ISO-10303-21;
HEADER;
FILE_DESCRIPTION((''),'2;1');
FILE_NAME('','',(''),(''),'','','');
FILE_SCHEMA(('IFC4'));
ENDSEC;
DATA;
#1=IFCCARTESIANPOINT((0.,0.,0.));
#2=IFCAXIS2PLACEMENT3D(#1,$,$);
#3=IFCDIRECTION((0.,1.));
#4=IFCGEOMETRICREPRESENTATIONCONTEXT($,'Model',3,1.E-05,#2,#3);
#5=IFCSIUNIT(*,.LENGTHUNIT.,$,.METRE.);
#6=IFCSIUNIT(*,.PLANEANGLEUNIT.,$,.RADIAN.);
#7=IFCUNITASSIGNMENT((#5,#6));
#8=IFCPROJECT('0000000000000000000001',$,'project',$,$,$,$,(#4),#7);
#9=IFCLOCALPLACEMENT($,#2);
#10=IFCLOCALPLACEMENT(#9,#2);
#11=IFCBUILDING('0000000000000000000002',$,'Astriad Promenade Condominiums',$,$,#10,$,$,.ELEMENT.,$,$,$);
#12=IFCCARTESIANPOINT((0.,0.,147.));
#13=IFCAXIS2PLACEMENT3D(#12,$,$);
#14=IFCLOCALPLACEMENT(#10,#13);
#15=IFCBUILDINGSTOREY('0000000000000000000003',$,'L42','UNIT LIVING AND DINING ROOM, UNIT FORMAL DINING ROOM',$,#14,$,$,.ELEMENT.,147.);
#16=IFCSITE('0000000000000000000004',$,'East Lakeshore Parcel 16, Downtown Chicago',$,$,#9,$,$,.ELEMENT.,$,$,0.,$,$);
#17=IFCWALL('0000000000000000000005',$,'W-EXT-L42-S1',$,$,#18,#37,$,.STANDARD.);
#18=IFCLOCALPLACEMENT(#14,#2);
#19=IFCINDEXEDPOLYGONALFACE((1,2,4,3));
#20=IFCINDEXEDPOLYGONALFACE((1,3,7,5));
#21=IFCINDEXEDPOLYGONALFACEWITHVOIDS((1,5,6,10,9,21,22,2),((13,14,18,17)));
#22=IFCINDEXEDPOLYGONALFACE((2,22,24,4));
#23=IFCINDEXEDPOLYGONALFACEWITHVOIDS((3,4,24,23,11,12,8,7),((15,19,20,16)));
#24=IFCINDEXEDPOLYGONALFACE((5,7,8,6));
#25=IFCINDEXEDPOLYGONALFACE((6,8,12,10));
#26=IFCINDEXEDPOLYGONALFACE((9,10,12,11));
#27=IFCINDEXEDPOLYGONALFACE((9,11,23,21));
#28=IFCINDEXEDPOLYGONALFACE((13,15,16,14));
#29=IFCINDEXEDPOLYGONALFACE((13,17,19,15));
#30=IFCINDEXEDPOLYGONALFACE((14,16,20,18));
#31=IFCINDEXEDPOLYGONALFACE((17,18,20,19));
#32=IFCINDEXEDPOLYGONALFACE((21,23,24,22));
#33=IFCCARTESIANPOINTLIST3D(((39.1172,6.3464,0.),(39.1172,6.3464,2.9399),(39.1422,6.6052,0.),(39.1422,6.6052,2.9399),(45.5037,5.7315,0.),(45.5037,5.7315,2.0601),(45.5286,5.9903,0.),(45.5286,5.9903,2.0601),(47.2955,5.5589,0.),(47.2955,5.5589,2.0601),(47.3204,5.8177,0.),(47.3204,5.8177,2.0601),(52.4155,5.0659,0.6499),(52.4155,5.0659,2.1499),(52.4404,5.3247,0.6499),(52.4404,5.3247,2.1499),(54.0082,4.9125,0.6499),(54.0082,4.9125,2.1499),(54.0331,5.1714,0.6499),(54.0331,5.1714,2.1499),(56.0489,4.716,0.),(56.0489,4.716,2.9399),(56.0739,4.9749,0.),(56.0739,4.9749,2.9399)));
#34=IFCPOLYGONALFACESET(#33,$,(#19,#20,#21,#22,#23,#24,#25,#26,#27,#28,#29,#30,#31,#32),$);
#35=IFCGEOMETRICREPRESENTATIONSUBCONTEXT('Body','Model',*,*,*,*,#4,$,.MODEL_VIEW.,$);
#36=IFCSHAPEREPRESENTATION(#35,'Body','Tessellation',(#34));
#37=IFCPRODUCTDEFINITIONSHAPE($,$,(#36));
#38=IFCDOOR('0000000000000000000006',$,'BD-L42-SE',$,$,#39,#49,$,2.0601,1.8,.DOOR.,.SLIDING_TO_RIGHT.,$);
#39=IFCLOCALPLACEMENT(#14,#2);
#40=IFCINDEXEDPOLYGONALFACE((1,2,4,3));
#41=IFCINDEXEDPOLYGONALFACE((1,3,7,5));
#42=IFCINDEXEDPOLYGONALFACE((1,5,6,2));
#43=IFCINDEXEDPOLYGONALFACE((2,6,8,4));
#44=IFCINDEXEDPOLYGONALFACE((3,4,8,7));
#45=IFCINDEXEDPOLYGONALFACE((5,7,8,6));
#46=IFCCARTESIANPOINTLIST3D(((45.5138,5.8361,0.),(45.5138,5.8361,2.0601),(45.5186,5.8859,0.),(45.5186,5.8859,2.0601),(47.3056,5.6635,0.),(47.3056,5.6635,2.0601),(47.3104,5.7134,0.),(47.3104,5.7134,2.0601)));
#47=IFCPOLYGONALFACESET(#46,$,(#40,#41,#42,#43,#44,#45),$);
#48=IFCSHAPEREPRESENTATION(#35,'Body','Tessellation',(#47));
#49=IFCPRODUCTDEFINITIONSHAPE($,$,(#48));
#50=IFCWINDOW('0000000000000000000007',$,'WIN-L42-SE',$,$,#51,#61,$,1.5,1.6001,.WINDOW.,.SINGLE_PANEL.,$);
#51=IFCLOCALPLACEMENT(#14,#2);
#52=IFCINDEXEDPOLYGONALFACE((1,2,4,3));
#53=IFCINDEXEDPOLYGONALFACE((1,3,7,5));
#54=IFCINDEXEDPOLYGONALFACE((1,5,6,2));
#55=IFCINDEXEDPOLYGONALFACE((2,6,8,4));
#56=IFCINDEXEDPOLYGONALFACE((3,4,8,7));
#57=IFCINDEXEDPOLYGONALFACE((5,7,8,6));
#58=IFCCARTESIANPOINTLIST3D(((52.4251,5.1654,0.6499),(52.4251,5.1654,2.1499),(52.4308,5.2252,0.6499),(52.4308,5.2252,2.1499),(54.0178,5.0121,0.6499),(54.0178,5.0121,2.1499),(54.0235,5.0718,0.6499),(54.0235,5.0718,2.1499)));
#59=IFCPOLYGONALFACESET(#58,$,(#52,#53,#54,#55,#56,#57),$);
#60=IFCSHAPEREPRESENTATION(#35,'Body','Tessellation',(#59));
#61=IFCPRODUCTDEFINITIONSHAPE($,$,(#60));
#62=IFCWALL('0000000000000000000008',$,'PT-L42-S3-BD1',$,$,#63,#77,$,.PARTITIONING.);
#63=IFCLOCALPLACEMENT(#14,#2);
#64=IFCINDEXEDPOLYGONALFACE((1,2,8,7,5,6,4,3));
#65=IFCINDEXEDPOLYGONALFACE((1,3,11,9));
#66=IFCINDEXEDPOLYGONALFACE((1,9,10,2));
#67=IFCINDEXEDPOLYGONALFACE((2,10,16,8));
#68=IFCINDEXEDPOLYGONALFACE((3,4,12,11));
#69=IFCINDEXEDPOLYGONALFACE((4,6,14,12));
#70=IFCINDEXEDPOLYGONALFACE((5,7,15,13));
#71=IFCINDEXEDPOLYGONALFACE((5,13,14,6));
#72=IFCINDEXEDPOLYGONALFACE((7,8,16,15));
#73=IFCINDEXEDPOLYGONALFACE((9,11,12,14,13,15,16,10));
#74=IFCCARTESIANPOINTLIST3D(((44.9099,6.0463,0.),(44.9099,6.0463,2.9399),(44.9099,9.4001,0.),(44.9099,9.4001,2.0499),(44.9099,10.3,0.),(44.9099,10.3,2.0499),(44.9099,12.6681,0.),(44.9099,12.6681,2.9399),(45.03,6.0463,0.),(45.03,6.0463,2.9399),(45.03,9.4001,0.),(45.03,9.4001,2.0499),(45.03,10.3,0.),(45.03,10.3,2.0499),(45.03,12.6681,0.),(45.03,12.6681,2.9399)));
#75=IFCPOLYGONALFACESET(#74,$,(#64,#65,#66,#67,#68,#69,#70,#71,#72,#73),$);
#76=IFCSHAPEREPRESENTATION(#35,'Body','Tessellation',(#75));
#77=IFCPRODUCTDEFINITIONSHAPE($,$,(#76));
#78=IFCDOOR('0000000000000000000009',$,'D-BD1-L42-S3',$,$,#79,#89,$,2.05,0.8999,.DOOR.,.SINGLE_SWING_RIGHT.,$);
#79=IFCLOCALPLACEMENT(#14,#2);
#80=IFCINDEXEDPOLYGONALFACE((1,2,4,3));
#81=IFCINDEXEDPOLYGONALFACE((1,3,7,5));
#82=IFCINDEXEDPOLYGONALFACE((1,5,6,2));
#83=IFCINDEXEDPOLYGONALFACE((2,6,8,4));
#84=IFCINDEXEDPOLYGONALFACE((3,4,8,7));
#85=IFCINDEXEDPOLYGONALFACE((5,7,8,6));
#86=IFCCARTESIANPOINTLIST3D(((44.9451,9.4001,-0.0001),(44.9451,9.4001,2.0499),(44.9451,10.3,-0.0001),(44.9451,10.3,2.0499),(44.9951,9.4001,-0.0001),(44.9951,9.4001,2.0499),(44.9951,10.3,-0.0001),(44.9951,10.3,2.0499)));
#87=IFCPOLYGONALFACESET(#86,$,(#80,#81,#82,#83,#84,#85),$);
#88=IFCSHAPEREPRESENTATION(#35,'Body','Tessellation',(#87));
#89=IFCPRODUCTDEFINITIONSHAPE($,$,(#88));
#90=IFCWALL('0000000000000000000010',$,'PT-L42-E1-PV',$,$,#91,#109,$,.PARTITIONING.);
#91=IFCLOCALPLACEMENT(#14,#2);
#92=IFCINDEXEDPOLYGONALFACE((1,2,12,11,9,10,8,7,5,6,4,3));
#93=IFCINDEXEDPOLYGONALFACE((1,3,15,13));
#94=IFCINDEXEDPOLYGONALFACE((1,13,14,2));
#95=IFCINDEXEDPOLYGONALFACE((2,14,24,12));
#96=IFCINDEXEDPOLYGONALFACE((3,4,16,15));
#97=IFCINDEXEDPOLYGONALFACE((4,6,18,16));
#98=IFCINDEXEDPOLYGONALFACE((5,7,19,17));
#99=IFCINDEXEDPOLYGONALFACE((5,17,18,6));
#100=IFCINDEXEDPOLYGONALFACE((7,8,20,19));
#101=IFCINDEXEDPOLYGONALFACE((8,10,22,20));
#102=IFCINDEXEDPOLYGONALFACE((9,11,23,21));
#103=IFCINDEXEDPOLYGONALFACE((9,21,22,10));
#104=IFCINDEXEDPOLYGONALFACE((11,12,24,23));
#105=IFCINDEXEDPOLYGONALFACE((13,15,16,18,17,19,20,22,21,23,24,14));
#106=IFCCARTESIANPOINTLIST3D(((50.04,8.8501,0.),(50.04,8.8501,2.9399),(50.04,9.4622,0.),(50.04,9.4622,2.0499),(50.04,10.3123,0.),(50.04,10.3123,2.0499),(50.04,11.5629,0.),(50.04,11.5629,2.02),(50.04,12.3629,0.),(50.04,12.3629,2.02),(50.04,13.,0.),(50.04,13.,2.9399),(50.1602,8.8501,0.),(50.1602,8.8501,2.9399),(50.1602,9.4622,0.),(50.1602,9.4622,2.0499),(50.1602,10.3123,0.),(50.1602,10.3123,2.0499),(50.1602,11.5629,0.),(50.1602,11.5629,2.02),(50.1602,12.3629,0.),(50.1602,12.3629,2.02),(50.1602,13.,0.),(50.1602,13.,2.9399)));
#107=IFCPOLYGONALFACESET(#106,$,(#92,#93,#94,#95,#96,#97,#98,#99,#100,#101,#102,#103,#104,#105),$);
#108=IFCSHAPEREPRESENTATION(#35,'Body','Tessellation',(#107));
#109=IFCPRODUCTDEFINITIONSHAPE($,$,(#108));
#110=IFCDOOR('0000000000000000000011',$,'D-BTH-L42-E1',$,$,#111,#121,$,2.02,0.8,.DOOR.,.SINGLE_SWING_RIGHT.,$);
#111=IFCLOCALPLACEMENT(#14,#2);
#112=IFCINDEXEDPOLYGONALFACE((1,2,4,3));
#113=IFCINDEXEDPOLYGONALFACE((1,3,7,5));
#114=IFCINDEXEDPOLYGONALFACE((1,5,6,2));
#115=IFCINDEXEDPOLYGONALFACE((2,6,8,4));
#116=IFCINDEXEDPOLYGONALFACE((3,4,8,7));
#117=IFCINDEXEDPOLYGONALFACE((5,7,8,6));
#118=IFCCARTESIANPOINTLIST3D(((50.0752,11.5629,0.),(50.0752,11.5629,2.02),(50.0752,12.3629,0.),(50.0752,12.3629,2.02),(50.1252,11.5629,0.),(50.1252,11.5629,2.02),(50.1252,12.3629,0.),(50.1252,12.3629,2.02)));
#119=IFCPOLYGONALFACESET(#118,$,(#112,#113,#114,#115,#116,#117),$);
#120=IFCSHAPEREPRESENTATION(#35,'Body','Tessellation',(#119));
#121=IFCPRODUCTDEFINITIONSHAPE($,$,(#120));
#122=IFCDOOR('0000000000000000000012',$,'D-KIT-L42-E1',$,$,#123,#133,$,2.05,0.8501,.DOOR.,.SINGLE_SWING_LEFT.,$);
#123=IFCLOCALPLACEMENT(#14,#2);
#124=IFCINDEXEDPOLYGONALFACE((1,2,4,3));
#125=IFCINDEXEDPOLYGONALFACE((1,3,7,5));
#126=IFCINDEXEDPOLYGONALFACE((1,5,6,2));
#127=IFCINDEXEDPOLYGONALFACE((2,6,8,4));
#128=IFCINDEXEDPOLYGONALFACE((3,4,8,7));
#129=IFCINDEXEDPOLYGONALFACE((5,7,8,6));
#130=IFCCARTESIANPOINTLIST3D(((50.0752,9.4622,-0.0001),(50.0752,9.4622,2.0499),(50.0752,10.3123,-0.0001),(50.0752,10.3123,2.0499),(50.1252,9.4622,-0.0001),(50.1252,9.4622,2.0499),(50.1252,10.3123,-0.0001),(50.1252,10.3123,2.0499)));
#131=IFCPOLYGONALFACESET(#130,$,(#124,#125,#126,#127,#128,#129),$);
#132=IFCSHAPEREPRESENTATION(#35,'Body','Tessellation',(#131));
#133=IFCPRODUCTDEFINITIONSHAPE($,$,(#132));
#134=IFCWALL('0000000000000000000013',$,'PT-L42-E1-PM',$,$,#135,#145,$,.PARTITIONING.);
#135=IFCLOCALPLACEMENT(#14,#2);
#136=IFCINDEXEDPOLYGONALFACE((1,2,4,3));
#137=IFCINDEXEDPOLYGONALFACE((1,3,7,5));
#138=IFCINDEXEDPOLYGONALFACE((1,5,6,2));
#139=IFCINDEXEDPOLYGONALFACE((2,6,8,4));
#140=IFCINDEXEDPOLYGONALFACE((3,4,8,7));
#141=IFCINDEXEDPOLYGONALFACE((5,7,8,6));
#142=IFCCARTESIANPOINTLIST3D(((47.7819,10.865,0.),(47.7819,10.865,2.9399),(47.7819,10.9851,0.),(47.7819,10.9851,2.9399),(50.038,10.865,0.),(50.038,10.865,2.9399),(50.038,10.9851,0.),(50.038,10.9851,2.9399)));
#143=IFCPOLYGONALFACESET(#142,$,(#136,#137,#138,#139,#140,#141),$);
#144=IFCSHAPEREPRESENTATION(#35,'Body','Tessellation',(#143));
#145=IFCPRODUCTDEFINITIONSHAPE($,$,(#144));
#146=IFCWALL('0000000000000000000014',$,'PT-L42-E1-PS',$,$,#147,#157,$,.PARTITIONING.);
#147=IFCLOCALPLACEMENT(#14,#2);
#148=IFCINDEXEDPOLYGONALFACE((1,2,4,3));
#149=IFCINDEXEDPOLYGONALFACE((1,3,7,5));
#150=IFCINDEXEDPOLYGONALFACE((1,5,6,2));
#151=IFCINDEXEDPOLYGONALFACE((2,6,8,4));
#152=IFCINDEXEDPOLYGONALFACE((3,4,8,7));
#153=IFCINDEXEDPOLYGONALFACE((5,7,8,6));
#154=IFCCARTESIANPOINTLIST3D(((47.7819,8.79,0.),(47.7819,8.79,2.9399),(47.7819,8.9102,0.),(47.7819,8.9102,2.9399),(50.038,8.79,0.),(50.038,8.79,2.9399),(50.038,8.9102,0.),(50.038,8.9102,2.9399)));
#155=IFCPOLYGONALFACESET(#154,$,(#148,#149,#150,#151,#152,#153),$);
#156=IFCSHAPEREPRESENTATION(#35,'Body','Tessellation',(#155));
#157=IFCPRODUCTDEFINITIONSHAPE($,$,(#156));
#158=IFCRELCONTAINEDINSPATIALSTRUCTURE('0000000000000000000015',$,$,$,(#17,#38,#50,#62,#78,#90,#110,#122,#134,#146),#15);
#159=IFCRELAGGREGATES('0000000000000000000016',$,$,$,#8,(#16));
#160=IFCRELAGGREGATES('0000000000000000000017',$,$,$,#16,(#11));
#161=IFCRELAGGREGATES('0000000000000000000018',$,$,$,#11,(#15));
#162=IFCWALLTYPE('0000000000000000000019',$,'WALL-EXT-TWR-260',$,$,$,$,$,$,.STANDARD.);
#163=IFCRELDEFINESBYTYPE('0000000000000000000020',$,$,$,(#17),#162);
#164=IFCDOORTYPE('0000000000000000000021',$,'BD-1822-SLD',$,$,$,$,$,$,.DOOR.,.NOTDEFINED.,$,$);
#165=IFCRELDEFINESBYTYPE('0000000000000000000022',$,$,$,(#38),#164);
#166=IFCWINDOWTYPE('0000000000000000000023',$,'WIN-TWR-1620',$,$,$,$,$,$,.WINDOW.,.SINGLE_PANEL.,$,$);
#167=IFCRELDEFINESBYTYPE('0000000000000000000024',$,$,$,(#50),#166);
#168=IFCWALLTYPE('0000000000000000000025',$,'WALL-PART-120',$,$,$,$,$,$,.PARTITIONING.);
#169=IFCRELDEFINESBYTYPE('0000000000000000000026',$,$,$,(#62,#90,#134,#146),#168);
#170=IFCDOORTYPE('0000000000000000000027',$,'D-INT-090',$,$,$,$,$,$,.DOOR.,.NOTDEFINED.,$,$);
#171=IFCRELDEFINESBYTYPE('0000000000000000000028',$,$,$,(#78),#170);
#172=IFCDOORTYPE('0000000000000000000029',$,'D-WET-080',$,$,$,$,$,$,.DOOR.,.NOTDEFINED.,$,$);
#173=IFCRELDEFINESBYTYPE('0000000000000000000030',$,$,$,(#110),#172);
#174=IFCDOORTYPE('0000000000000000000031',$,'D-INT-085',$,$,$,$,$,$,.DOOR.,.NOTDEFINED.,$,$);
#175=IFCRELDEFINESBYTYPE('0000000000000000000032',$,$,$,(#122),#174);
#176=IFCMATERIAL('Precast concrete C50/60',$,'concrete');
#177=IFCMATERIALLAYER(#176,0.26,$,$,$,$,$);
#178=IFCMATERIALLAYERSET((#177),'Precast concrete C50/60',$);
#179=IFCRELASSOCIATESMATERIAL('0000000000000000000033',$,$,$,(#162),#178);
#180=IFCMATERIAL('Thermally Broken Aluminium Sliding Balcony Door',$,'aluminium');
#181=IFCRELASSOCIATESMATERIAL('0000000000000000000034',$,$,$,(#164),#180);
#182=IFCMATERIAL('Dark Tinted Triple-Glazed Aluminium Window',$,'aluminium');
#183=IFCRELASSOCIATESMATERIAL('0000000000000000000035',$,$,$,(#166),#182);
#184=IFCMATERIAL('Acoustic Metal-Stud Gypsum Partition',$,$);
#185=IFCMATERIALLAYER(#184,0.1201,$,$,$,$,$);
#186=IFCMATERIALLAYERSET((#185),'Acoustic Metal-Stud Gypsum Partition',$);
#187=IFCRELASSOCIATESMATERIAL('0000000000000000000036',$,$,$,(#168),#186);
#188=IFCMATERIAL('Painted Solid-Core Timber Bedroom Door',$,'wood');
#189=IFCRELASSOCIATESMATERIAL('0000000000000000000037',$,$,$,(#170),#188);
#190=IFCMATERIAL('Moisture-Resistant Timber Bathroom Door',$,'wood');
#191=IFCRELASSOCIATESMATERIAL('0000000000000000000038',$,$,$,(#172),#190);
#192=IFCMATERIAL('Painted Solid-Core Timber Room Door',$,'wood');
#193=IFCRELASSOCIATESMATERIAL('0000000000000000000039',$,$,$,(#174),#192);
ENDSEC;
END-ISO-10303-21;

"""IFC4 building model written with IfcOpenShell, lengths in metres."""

from ifc_helpers import new_model, si_unit, direction, frame, frame_2d, origin, place, context, subcontext, project, spatial, rectangle, extrude, source, transform, mapped, material, layer, layer_set, type_object, type_shapes, element, fill, save


model = new_model("IFC4")

# Units and contexts
model_context = context("Model", 3, precision=1e-05, world=origin(), true_north=direction((0.0, 1.0)))
body_context = subcontext(model_context, "Body", "Model", "MODEL_VIEW")
ifc_project = project(units=[si_unit("LENGTHUNIT", "METRE"), si_unit("PLANEANGLEUNIT", "RADIAN")], contexts=[model_context])

# Site, building, storey
site_placement = place(None, origin())
site = spatial("IfcSite", under=ifc_project, at=site_placement, Name="East Lakeshore Parcel 16, Downtown Chicago", CompositionType="ELEMENT", RefElevation=0.0)
building_placement = place(site_placement, origin())
building = spatial("IfcBuilding", under=site, at=building_placement, Name="Astriad Promenade Condominiums", CompositionType="ELEMENT")
storey_placement = place(building_placement, frame((0.0, 0.0, 147.0)))
storey = spatial("IfcBuildingStorey", under=building, at=storey_placement, Name="L42", Description="UNIT LIVING AND DINING ROOM, UNIT FORMAL DINING ROOM", CompositionType="ELEMENT", Elevation=147.0)

# Shared definitions
ifc_material_1 = material(Name="Precast concrete C50/60", Category="concrete")
ifc_layer_1 = layer(ifc_material_1, 0.26)
ifc_layer_set_1 = layer_set([ifc_layer_1], Name="Precast concrete C50/60")
wall_type_1 = type_object("IfcWallType", Name="WALL-EXT-TWR-260", PredefinedType="STANDARD", material=ifc_layer_set_1)

# Wall, openings, door, window
wall_1_placement = place(storey_placement, frame((56.0613, 4.8455, 0.0), z_axis=(0.0, 0.0, 1.0), x_axis=(-0.995396, 0.095848, 0.0)))
wall_1 = element("IfcWall", 1, at=wall_1_placement, inside=storey, type_object=wall_type_1, Name="W-EXT-L42-S1", PredefinedType="STANDARD", context=body_context, shape_type="SweptSolid", body=[
    extrude(rectangle(XDim=17.01, YDim=0.26, at=frame_2d((8.5049, 0.0))), origin(), (0.0, 0.0, 1.0), 2.9399),
])
opening_1_placement = place(wall_1_placement, frame((8.7939, 0.0, 0.0)))
opening_1 = element("IfcOpeningElement", 2, at=opening_1_placement, cuts=wall_1, PredefinedType="OPENING", context=body_context, shape_type="SweptSolid", body=[
    extrude(rectangle(XDim=1.8, YDim=2.0601, at=frame_2d((0.8999, 1.03))), frame((0.0, 0.1399, 0.0), z_axis=(0.0, -1.0, 0.0), x_axis=(1.0, 0.0, 0.0)), (0.0, 0.0, 1.0), 0.28),
])
opening_2_placement = place(wall_1_placement, frame((2.05, 0.0, 0.6499)))
opening_2 = element("IfcOpeningElement", 3, at=opening_2_placement, cuts=wall_1, PredefinedType="OPENING", context=body_context, shape_type="SweptSolid", body=[
    extrude(rectangle(XDim=1.6001, YDim=1.5, at=frame_2d((0.8, 0.75))), frame((0.0, 0.1399, 0.0), z_axis=(0.0, -1.0, 0.0), x_axis=(1.0, 0.0, 0.0)), (0.0, 0.0, 1.0), 0.28),
])
ifc_material_2 = material(Name="Thermally Broken Aluminium Sliding Balcony Door", Category="aluminium")
door_type_1 = type_object("IfcDoorType", Name="BD-1822-SLD", OperationType="NOTDEFINED", PredefinedType="DOOR", material=ifc_material_2)
shared_shape_1 = source(origin(), body_context, "Body", "SweptSolid", [
    extrude(rectangle(XDim=1.8, YDim=2.0601, at=frame_2d((0.8999, 1.03))), frame((0.0, 0.0249, 0.0), z_axis=(0.0, -1.0, 0.0), x_axis=(1.0, 0.0, 0.0)), (0.0, 0.0, 1.0), 0.05),
])
type_shapes(door_type_1, [shared_shape_1])
door_1_placement = place(opening_1_placement, origin())
door_1 = element("IfcDoor", 4, at=door_1_placement, inside=storey, type_object=door_type_1, Name="BD-L42-SE", OperationType="SLIDING_TO_RIGHT", OverallHeight=2.0601, OverallWidth=1.8, PredefinedType="DOOR", context=body_context, shape_type="MappedRepresentation", body=[
    mapped(shared_shape_1, transform((0.0, 0.0, 0.0), scale=1.0)),
])
fill(opening_1, door_1)
ifc_material_3 = material(Name="Dark Tinted Triple-Glazed Aluminium Window", Category="aluminium")
window_type = type_object("IfcWindowType", Name="WIN-TWR-1620", PartitioningType="SINGLE_PANEL", PredefinedType="WINDOW", material=ifc_material_3)
shared_shape_2 = source(origin(), body_context, "Body", "SweptSolid", [
    extrude(rectangle(XDim=1.6001, YDim=1.5, at=frame_2d((0.8, 0.75))), frame((0.0, 0.03, 0.0), z_axis=(0.0, -1.0, 0.0), x_axis=(1.0, 0.0, 0.0)), (0.0, 0.0, 1.0), 0.0601),
])
type_shapes(window_type, [shared_shape_2])
window_placement = place(opening_2_placement, origin())
window = element("IfcWindow", 5, at=window_placement, inside=storey, type_object=window_type, Name="WIN-L42-SE", OverallHeight=1.5, OverallWidth=1.6001, PartitioningType="SINGLE_PANEL", PredefinedType="WINDOW", context=body_context, shape_type="MappedRepresentation", body=[
    mapped(shared_shape_2, transform((0.0, 0.0, 0.0), scale=1.0)),
])
fill(opening_2, window)

# Wall, opening, door
ifc_material_4 = material(Name="Acoustic Metal-Stud Gypsum Partition")
ifc_layer_2 = layer(ifc_material_4, 0.1201)
ifc_layer_set_2 = layer_set([ifc_layer_2], Name="Acoustic Metal-Stud Gypsum Partition")
wall_type_2 = type_object("IfcWallType", Name="WALL-PART-120", PredefinedType="PARTITIONING", material=ifc_layer_set_2)
wall_2_placement = place(storey_placement, frame((44.97, 6.0461, 0.0), z_axis=(0.0, 0.0, 1.0), x_axis=(0.0, 1.0, 0.0)))
wall_2 = element("IfcWall", 6, at=wall_2_placement, inside=storey, type_object=wall_type_2, Name="PT-L42-S3-BD1", PredefinedType="PARTITIONING", context=body_context, shape_type="SweptSolid", body=[
    extrude(rectangle(XDim=6.6218, YDim=0.1201, at=frame_2d((3.311, 0.0))), origin(), (0.0, 0.0, 1.0), 2.9399),
])
opening_3_placement = place(wall_2_placement, frame((3.354, 0.0, 0.0)))
opening_3 = element("IfcOpeningElement", 7, at=opening_3_placement, cuts=wall_2, PredefinedType="OPENING", context=body_context, shape_type="SweptSolid", body=[
    extrude(rectangle(XDim=0.8999, YDim=2.05, at=frame_2d((0.45, 1.0249))), frame((0.0, 0.0701, 0.0), z_axis=(0.0, -1.0, 0.0), x_axis=(1.0, 0.0, 0.0)), (0.0, 0.0, 1.0), 0.1401),
])
ifc_material_5 = material(Name="Painted Solid-Core Timber Bedroom Door", Category="wood")
door_type_2 = type_object("IfcDoorType", Name="D-INT-090", OperationType="NOTDEFINED", PredefinedType="DOOR", material=ifc_material_5)
shared_shape_3 = source(origin(), body_context, "Body", "SweptSolid", [
    extrude(rectangle(XDim=0.8999, YDim=2.05, at=frame_2d((0.45, 1.0249))), frame((0.0, 0.0249, 0.0), z_axis=(0.0, -1.0, 0.0), x_axis=(1.0, 0.0, 0.0)), (0.0, 0.0, 1.0), 0.05),
])
type_shapes(door_type_2, [shared_shape_3])
door_2_placement = place(opening_3_placement, origin())
door_2 = element("IfcDoor", 8, at=door_2_placement, inside=storey, type_object=door_type_2, Name="D-BD1-L42-S3", OperationType="SINGLE_SWING_RIGHT", OverallHeight=2.05, OverallWidth=0.8999, PredefinedType="DOOR", context=body_context, shape_type="MappedRepresentation", body=[
    mapped(shared_shape_3, transform((0.0, 0.0, 0.0), scale=1.0)),
])
fill(opening_3, door_2)

# Wall, openings, doors
wall_3_placement = place(storey_placement, frame((50.1001, 8.8501, 0.0), z_axis=(0.0, 0.0, 1.0), x_axis=(0.0, 1.0, 0.0)))
wall_3 = element("IfcWall", 9, at=wall_3_placement, inside=storey, type_object=wall_type_2, Name="PT-L42-E1-PV", PredefinedType="PARTITIONING", context=body_context, shape_type="SweptSolid", body=[
    extrude(rectangle(XDim=4.1499, YDim=0.1201, at=frame_2d((2.075, 0.0))), origin(), (0.0, 0.0, 1.0), 2.9399),
])
opening_4_placement = place(wall_3_placement, frame((0.6121, 0.0, 0.0)))
opening_4 = element("IfcOpeningElement", 10, at=opening_4_placement, cuts=wall_3, PredefinedType="OPENING", context=body_context, shape_type="SweptSolid", body=[
    extrude(rectangle(XDim=0.8501, YDim=2.05, at=frame_2d((0.425, 1.0249))), frame((0.0, 0.0701, 0.0), z_axis=(0.0, -1.0, 0.0), x_axis=(1.0, 0.0, 0.0)), (0.0, 0.0, 1.0), 0.1401),
])
opening_5_placement = place(wall_3_placement, frame((2.7129, 0.0, 0.0)))
opening_5 = element("IfcOpeningElement", 11, at=opening_5_placement, cuts=wall_3, PredefinedType="OPENING", context=body_context, shape_type="SweptSolid", body=[
    extrude(rectangle(XDim=0.8, YDim=2.02, at=frame_2d((0.3999, 1.01))), frame((0.0, 0.0701, 0.0), z_axis=(0.0, -1.0, 0.0), x_axis=(1.0, 0.0, 0.0)), (0.0, 0.0, 1.0), 0.1401),
])
ifc_material_6 = material(Name="Moisture-Resistant Timber Bathroom Door", Category="wood")
door_type_3 = type_object("IfcDoorType", Name="D-WET-080", OperationType="NOTDEFINED", PredefinedType="DOOR", material=ifc_material_6)
shared_shape_4 = source(origin(), body_context, "Body", "SweptSolid", [
    extrude(rectangle(XDim=0.8, YDim=2.02, at=frame_2d((0.3999, 1.01))), frame((0.0, 0.0249, 0.0), z_axis=(0.0, -1.0, 0.0), x_axis=(1.0, 0.0, 0.0)), (0.0, 0.0, 1.0), 0.05),
])
type_shapes(door_type_3, [shared_shape_4])
door_3_placement = place(opening_5_placement, origin())
door_3 = element("IfcDoor", 12, at=door_3_placement, inside=storey, type_object=door_type_3, Name="D-BTH-L42-E1", OperationType="SINGLE_SWING_RIGHT", OverallHeight=2.02, OverallWidth=0.8, PredefinedType="DOOR", context=body_context, shape_type="MappedRepresentation", body=[
    mapped(shared_shape_4, transform((0.0, 0.0, 0.0), scale=1.0)),
])
fill(opening_5, door_3)
ifc_material_7 = material(Name="Painted Solid-Core Timber Room Door", Category="wood")
door_type_4 = type_object("IfcDoorType", Name="D-INT-085", OperationType="NOTDEFINED", PredefinedType="DOOR", material=ifc_material_7)
shared_shape_5 = source(origin(), body_context, "Body", "SweptSolid", [
    extrude(rectangle(XDim=0.8501, YDim=2.05, at=frame_2d((0.425, 1.0249))), frame((0.0, 0.0249, 0.0), z_axis=(0.0, -1.0, 0.0), x_axis=(1.0, 0.0, 0.0)), (0.0, 0.0, 1.0), 0.05),
])
type_shapes(door_type_4, [shared_shape_5])
door_4_placement = place(opening_4_placement, origin())
door_4 = element("IfcDoor", 13, at=door_4_placement, inside=storey, type_object=door_type_4, Name="D-KIT-L42-E1", OperationType="SINGLE_SWING_LEFT", OverallHeight=2.05, OverallWidth=0.8501, PredefinedType="DOOR", context=body_context, shape_type="MappedRepresentation", body=[
    mapped(shared_shape_5, transform((0.0, 0.0, 0.0), scale=1.0)),
])
fill(opening_4, door_4)

# Walls
for number, where, z_axis, x_axis, name in (
    (14, (47.782, 10.925, 0.0), (0.0, 0.0, 1.0), (1.0, 0.0, 0.0), "PT-L42-E1-PM"),
    (15, (47.782, 8.8501, 0.0), (0.0, 0.0, 1.0), (1.0, 0.0, 0.0), "PT-L42-E1-PS"),
):
    element("IfcWall", number, at=place(storey_placement, frame(where, z_axis=z_axis, x_axis=x_axis)), inside=storey, type_object=wall_type_2, Name=name, PredefinedType="PARTITIONING", context=body_context, shape_type="SweptSolid", body=[
        extrude(rectangle(XDim=2.2561, YDim=0.1201, at=frame_2d((1.1279, 0.0))), origin(), (0.0, 0.0, 1.0), 2.9399),
    ])

save(model, "model.ifc")
